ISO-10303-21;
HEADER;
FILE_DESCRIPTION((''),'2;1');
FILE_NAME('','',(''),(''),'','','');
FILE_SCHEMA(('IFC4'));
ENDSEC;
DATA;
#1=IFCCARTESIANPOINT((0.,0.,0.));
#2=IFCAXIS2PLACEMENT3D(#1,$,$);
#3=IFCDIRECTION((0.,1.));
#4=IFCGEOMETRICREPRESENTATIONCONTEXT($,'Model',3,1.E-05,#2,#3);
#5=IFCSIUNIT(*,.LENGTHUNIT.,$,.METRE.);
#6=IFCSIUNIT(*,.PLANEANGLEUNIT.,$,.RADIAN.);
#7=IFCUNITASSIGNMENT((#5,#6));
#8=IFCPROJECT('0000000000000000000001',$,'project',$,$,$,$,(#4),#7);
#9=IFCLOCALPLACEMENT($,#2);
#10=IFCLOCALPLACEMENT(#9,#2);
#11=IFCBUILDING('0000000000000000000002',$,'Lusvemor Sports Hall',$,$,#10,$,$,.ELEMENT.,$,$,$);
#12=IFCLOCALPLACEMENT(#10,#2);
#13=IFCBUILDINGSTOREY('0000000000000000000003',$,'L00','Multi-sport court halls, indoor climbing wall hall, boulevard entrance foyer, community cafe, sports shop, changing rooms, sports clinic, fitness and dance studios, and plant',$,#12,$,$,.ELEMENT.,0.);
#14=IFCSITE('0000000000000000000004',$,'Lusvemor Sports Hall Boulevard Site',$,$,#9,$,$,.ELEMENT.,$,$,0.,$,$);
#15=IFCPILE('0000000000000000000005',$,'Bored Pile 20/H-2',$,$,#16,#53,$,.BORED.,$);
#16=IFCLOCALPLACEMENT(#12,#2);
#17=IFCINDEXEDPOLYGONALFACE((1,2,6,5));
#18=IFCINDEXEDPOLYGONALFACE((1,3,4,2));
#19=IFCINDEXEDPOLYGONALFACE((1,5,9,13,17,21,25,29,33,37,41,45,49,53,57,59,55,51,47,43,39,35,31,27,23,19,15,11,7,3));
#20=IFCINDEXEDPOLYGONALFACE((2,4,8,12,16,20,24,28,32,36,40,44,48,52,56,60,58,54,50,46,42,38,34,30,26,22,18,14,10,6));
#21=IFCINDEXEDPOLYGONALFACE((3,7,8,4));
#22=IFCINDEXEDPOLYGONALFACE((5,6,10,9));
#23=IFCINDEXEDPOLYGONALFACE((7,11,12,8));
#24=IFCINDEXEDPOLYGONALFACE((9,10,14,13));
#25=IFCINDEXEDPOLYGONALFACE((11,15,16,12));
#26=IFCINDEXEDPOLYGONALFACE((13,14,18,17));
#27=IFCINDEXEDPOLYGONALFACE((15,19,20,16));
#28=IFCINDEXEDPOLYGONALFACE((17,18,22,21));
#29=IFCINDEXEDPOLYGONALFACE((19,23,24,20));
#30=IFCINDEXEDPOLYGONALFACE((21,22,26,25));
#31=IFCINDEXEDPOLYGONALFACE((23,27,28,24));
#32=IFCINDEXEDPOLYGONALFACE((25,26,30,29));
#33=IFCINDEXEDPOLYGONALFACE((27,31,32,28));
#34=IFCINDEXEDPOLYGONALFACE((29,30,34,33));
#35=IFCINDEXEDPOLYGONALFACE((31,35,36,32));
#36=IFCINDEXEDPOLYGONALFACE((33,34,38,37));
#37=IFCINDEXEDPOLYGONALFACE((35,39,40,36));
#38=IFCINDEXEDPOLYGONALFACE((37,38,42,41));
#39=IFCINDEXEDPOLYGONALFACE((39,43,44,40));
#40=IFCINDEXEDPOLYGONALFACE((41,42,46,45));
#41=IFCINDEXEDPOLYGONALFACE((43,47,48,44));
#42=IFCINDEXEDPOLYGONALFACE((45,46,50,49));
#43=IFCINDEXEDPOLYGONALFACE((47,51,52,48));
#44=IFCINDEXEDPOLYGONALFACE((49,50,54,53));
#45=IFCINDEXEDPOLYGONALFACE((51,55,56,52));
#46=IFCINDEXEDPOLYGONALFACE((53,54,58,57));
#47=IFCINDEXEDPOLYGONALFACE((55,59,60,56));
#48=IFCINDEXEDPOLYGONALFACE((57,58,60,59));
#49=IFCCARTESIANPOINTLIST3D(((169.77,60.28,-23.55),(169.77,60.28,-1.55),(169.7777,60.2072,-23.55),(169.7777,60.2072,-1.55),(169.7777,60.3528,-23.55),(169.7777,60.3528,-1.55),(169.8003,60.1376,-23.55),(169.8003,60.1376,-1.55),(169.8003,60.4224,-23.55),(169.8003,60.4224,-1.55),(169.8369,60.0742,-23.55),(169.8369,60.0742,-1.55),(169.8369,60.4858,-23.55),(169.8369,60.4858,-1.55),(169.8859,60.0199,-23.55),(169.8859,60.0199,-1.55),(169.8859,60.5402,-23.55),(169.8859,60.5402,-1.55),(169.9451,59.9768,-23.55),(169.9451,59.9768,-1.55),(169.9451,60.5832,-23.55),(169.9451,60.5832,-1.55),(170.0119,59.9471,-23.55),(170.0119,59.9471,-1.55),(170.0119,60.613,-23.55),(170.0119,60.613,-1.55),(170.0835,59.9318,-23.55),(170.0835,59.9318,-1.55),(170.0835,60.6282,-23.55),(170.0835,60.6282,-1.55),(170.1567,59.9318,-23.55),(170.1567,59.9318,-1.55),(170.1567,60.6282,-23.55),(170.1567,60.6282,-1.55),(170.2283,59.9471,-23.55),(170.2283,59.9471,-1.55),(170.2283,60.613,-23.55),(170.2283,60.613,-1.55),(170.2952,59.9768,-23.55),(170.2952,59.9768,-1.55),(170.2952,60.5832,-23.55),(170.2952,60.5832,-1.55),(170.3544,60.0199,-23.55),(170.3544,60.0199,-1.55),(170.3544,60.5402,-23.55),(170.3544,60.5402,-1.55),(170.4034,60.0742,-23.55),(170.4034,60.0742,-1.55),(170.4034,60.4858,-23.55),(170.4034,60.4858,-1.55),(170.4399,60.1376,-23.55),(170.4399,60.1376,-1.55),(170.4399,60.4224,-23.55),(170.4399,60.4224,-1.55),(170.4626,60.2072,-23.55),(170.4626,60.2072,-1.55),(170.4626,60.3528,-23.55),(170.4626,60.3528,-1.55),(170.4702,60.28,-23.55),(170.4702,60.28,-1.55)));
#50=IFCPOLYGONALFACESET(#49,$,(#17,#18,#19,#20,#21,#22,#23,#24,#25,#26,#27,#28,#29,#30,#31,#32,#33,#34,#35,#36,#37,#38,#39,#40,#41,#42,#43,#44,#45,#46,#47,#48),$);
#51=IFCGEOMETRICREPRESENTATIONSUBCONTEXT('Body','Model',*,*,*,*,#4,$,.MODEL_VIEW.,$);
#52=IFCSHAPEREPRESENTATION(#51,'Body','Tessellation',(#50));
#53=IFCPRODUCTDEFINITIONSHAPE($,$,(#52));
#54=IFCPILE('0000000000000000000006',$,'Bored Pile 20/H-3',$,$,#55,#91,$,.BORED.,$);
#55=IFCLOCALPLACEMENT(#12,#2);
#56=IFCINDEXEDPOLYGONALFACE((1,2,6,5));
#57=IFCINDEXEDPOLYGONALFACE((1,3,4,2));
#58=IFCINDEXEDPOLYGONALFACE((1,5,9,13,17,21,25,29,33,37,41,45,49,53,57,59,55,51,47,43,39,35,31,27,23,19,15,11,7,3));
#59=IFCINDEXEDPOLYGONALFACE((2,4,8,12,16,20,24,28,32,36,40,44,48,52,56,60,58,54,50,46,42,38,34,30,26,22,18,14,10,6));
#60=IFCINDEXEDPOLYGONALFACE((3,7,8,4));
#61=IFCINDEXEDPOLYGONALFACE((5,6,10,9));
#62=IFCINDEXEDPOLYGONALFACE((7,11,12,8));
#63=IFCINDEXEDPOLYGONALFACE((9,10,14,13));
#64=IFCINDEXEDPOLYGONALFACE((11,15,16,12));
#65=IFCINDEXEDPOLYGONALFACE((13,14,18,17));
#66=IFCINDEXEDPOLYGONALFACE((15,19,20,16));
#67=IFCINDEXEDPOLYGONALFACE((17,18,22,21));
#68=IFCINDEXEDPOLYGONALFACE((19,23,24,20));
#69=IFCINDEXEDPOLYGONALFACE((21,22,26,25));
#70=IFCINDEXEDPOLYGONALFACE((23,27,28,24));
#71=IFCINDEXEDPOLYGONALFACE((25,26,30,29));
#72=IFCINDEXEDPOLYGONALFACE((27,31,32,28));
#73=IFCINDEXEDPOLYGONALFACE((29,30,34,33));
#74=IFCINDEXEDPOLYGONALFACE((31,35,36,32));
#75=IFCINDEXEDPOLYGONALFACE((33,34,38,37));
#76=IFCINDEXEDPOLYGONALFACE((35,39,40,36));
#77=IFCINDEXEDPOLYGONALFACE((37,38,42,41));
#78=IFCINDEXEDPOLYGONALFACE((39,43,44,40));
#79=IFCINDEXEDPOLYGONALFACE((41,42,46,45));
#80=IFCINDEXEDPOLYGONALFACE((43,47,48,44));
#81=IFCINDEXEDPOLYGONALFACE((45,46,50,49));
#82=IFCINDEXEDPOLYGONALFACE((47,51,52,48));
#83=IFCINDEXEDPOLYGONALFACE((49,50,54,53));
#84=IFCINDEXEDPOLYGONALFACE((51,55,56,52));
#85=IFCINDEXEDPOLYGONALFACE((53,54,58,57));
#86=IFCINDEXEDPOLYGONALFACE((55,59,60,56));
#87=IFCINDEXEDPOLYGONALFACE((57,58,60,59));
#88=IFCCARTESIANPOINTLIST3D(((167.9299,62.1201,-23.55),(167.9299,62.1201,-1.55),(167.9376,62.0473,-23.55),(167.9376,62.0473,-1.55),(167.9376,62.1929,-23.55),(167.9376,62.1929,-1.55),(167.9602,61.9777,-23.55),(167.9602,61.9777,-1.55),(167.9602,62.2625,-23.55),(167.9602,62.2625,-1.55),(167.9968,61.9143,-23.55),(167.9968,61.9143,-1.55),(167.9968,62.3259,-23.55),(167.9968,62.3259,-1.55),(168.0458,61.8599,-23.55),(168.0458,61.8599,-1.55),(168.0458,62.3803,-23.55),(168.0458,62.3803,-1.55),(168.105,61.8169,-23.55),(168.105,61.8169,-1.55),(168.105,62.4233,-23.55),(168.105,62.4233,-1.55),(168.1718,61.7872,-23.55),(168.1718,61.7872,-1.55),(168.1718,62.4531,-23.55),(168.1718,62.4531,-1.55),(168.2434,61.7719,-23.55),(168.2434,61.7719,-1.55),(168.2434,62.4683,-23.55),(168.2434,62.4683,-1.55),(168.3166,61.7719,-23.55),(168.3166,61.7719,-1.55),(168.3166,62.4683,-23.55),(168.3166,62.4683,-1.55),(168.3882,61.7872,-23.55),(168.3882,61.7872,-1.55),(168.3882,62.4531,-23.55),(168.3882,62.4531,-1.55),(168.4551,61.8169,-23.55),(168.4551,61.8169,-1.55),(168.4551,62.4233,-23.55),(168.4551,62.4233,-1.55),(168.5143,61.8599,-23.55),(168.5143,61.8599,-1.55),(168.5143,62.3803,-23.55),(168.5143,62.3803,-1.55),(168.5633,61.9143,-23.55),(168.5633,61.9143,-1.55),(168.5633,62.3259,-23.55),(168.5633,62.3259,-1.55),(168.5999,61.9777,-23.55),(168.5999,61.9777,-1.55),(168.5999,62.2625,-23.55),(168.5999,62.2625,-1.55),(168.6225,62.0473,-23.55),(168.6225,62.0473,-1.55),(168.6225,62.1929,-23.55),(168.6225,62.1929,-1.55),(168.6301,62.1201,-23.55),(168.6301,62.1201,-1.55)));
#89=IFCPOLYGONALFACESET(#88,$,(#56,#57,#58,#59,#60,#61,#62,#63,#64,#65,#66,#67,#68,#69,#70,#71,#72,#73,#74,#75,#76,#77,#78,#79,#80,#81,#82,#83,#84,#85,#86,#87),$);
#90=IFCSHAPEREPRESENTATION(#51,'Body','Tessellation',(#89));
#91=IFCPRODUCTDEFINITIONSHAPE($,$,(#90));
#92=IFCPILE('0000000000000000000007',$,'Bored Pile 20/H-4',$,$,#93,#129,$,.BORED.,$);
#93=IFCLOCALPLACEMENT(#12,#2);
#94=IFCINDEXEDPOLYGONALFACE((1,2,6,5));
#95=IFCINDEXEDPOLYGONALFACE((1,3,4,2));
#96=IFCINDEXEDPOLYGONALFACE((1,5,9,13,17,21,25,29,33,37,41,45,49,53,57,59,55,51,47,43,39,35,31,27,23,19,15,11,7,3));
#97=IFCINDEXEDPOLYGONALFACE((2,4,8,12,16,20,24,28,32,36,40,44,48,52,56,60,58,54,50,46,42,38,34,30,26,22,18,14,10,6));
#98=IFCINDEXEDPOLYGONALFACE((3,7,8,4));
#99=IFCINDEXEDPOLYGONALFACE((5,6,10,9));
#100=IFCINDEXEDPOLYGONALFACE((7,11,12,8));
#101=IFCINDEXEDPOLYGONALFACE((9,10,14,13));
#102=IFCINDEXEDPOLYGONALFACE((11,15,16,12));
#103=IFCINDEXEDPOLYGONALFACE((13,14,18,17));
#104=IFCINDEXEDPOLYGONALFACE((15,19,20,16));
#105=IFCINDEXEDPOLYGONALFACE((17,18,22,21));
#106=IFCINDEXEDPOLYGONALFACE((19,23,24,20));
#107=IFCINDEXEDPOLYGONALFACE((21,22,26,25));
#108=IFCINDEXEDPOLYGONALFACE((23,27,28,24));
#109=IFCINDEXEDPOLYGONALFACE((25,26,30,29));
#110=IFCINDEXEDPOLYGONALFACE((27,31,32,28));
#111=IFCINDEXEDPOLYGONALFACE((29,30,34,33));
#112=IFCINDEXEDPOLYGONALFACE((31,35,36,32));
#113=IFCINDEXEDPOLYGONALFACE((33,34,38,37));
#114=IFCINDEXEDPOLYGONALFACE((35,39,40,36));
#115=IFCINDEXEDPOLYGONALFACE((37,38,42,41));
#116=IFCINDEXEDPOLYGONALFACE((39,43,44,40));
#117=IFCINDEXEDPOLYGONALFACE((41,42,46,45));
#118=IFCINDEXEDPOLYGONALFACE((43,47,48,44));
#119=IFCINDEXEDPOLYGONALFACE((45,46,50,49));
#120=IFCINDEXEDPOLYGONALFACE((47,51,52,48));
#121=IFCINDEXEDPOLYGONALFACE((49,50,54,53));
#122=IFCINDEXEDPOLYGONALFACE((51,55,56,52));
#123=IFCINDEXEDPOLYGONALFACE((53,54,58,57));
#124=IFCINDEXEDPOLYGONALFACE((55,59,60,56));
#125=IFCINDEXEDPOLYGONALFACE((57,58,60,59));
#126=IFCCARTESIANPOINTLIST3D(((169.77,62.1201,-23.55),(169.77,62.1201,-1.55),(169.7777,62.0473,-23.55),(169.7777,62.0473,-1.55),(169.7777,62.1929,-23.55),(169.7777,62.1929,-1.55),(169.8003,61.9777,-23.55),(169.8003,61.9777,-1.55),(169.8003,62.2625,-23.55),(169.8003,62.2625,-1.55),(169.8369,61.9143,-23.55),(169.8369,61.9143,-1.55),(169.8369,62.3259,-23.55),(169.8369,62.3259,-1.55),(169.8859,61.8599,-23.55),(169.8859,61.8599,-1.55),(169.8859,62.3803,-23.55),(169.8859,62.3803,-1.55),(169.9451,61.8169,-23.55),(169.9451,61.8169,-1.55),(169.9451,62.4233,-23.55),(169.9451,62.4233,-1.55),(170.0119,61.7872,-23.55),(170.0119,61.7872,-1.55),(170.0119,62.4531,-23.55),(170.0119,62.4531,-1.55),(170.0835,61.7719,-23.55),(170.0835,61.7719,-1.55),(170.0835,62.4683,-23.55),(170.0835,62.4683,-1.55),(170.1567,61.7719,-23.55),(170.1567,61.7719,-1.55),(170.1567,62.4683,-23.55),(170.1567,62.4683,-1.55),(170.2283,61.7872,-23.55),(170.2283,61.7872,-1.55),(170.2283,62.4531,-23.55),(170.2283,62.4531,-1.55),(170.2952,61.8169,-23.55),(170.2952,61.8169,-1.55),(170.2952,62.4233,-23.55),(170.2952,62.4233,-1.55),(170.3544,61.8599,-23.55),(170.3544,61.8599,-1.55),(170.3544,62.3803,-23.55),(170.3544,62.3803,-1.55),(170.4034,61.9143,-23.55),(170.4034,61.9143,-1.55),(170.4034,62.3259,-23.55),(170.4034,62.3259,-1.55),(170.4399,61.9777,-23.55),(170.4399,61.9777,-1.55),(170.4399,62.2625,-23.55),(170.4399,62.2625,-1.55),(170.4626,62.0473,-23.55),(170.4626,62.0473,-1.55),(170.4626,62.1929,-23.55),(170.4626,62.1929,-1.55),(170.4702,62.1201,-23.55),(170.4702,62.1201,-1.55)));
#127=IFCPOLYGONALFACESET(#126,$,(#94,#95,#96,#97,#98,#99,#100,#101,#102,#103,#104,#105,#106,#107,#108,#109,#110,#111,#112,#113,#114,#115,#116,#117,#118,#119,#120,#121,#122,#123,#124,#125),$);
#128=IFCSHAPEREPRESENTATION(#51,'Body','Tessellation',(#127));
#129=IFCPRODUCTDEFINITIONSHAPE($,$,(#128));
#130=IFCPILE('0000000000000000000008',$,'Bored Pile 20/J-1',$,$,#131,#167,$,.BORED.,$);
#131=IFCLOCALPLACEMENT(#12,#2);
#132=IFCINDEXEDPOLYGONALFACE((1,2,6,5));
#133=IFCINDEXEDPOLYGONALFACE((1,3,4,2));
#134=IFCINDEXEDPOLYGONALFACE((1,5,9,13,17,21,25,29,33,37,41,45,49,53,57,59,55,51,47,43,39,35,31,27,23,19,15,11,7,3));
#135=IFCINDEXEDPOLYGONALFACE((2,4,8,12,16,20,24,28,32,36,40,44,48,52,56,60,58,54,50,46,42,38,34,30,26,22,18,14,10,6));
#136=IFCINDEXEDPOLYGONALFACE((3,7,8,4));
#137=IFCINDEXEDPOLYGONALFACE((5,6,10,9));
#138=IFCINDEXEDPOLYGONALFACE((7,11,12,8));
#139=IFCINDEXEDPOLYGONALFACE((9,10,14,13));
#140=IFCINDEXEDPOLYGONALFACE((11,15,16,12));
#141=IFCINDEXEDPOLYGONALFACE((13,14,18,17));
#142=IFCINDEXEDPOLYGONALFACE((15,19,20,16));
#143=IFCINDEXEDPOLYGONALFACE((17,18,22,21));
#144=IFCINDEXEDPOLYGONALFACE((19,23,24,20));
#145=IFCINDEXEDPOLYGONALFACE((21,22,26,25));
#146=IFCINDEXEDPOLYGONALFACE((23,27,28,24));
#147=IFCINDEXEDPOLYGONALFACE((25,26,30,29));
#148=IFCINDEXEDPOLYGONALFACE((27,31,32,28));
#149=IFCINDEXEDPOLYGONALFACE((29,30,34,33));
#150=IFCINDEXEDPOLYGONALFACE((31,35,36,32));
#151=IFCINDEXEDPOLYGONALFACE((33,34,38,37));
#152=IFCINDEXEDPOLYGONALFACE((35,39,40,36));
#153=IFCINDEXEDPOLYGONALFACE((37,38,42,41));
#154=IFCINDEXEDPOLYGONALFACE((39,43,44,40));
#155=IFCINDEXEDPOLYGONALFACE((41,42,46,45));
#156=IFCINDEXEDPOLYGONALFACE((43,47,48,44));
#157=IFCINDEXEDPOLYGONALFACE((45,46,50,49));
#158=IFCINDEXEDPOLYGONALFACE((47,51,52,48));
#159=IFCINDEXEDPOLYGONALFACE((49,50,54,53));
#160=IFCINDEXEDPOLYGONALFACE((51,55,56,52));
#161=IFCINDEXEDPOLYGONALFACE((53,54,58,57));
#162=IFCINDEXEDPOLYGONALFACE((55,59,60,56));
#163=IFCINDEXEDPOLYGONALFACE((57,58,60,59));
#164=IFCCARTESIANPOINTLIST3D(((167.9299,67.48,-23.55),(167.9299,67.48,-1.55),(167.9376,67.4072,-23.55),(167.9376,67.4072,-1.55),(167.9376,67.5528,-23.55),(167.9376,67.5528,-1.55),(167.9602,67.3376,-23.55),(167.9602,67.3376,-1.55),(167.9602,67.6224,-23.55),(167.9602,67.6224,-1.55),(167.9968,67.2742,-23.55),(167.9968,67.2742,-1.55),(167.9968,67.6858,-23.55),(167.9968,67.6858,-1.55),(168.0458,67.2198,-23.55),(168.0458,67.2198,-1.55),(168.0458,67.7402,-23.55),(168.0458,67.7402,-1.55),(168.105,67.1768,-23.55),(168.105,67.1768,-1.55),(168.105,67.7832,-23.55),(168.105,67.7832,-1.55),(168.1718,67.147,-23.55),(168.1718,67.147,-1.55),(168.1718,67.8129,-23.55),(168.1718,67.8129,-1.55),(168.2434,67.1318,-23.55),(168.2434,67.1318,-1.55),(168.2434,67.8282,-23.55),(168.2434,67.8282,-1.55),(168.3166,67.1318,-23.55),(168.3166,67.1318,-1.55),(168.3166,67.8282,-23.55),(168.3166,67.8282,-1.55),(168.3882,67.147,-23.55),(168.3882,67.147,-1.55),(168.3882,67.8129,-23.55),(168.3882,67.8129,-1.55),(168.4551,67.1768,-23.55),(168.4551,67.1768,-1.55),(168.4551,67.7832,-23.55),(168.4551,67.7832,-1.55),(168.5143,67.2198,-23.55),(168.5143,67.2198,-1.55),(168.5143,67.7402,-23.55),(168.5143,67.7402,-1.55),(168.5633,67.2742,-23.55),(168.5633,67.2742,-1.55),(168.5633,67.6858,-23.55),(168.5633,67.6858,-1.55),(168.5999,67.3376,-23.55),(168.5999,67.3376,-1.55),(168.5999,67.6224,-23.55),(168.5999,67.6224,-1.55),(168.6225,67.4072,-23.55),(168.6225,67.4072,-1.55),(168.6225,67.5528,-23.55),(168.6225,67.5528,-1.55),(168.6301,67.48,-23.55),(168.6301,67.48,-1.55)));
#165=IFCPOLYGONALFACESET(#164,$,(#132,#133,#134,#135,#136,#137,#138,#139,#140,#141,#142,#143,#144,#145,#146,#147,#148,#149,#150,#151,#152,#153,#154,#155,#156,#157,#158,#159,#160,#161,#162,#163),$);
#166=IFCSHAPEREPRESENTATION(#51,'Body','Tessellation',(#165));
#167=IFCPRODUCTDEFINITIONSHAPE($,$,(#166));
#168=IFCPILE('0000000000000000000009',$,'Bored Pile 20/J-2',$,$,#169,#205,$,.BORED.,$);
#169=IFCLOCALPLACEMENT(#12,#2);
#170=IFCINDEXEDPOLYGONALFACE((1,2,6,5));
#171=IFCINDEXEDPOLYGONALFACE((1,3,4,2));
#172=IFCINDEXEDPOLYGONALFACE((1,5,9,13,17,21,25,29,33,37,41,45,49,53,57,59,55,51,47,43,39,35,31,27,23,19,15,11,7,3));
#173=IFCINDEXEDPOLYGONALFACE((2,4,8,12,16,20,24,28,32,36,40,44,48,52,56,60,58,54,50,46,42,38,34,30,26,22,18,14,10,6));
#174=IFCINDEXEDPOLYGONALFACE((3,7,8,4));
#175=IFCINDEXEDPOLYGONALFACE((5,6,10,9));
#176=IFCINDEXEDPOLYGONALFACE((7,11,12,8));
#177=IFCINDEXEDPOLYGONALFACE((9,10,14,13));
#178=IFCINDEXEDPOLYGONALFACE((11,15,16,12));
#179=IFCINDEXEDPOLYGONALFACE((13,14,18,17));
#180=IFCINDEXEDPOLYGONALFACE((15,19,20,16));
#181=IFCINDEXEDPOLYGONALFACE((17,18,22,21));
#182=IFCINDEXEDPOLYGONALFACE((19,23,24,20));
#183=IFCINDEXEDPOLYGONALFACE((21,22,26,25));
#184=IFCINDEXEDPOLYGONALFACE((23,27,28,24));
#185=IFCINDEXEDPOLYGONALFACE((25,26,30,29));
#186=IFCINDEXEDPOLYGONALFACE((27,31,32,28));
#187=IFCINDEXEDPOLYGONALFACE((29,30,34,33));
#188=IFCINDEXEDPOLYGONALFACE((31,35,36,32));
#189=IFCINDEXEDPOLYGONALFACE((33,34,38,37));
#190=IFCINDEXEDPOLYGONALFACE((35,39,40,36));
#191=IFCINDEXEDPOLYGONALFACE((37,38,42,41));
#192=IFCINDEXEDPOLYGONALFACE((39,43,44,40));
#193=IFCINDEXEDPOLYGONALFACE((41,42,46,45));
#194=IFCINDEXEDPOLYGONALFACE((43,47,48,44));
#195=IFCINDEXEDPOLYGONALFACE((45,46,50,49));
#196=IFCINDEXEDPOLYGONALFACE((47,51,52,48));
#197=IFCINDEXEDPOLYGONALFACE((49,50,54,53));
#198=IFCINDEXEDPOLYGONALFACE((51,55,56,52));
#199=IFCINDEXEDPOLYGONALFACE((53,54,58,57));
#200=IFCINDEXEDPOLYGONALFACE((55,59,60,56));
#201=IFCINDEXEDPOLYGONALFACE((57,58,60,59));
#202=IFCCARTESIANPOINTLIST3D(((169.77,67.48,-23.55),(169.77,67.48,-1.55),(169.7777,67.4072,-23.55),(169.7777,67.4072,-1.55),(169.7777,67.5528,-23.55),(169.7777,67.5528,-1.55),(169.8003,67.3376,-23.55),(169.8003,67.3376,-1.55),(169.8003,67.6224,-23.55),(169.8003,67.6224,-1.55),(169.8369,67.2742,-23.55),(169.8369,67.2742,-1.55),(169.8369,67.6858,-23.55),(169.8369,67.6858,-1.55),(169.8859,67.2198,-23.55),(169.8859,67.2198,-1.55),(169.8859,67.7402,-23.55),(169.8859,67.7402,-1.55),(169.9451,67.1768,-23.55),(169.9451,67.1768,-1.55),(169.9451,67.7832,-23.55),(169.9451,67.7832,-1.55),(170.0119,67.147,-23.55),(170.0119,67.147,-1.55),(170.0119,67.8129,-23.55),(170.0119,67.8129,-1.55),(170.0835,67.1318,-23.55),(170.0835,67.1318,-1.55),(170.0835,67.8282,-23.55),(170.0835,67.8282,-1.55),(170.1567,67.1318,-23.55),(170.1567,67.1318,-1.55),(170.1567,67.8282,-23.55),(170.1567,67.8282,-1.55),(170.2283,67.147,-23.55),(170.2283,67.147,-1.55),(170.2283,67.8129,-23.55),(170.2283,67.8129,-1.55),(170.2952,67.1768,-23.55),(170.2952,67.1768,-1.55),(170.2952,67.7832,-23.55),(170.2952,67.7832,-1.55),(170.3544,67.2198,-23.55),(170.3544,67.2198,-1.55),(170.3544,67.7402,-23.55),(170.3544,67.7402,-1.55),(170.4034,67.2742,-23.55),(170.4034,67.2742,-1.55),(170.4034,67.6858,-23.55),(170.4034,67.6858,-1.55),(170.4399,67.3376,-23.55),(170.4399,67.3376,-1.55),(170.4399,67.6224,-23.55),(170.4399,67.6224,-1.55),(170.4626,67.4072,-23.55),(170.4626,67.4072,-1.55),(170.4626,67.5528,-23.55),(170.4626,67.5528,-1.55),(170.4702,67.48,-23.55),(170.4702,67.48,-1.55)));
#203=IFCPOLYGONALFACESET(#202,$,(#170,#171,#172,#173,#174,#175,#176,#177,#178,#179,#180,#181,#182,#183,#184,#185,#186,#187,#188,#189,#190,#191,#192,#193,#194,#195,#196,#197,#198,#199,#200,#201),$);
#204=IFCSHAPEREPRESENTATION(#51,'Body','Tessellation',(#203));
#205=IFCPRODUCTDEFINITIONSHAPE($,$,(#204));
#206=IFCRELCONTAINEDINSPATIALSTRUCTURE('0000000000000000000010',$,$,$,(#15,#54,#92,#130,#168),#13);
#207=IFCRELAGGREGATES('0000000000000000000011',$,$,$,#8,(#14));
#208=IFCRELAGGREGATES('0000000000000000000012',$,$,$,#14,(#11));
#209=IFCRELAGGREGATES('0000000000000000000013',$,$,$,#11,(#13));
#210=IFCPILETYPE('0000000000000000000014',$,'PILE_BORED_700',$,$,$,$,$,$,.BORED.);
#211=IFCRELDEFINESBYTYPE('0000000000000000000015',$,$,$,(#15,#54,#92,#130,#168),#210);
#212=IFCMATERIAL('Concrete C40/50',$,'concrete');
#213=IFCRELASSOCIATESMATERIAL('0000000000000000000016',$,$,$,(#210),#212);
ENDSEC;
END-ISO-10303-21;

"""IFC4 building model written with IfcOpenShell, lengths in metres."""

from ifc_helpers import new_model, si_unit, direction, frame, origin, origin_2d, place, context, subcontext, project, spatial, circle, extrude, material, material_profile, profile_set, type_object, element, save


model = new_model("IFC4")

# Units and contexts
model_context = context("Model", 3, precision=1e-05, world=origin(), true_north=direction((0.0, 1.0)))
body_context = subcontext(model_context, "Body", "Model", "MODEL_VIEW")
ifc_project = project(units=[si_unit("LENGTHUNIT", "METRE"), si_unit("PLANEANGLEUNIT", "RADIAN")], contexts=[model_context])

# Site, building, storey
site_placement = place(None, origin())
site = spatial("IfcSite", under=ifc_project, at=site_placement, Name="Lusvemor Sports Hall Boulevard Site", CompositionType="ELEMENT", RefElevation=0.0)
building_placement = place(site_placement, origin())
building = spatial("IfcBuilding", under=site, at=building_placement, Name="Lusvemor Sports Hall", CompositionType="ELEMENT")
storey_placement = place(building_placement, origin())
storey = spatial("IfcBuildingStorey", under=building, at=storey_placement, Name="L00", Description="Multi-sport court halls, indoor climbing wall hall, boulevard entrance foyer, community cafe, sports shop, changing rooms, sports clinic, fitness and dance studios, and plant", CompositionType="ELEMENT", Elevation=0.0)

# Piles
ifc_material_1 = material(Name="Concrete C40/50", Category="concrete")
ifc_material_profile_1 = material_profile(ifc_material_1, circle(Radius=0.3501, at=origin_2d()), Name="PILE700")
ifc_profile_set_1 = profile_set([ifc_material_profile_1], Name="Concrete C40/50")
pile_type = type_object("IfcPileType", Name="PILE_BORED_700", PredefinedType="BORED", material=ifc_profile_set_1)
for number, where, z_axis, x_axis, name in (
    (1, (170.1201, 60.28, -1.55), (0.0, 0.0, -1.0), (1.0, 0.0, 0.0), "Bored Pile 20/H-2"),
    (2, (168.28, 62.1201, -1.55), (0.0, 0.0, -1.0), (1.0, 0.0, 0.0), "Bored Pile 20/H-3"),
    (3, (170.1201, 62.1201, -1.55), (0.0, 0.0, -1.0), (1.0, 0.0, 0.0), "Bored Pile 20/H-4"),
    (4, (168.28, 67.48, -1.55), (0.0, 0.0, -1.0), (1.0, 0.0, 0.0), "Bored Pile 20/J-1"),
    (5, (170.1201, 67.48, -1.55), (0.0, 0.0, -1.0), (1.0, 0.0, 0.0), "Bored Pile 20/J-2"),
):
    element("IfcPile", number, at=place(storey_placement, frame(where, z_axis=z_axis, x_axis=x_axis)), inside=storey, type_object=pile_type, Name=name, PredefinedType="BORED", context=body_context, shape_type="SweptSolid", body=[
        extrude(circle(Radius=0.3501, at=origin_2d()), origin(), (0.0, 0.0, 1.0), 22.0),
    ])

save(model, "model.ifc")
